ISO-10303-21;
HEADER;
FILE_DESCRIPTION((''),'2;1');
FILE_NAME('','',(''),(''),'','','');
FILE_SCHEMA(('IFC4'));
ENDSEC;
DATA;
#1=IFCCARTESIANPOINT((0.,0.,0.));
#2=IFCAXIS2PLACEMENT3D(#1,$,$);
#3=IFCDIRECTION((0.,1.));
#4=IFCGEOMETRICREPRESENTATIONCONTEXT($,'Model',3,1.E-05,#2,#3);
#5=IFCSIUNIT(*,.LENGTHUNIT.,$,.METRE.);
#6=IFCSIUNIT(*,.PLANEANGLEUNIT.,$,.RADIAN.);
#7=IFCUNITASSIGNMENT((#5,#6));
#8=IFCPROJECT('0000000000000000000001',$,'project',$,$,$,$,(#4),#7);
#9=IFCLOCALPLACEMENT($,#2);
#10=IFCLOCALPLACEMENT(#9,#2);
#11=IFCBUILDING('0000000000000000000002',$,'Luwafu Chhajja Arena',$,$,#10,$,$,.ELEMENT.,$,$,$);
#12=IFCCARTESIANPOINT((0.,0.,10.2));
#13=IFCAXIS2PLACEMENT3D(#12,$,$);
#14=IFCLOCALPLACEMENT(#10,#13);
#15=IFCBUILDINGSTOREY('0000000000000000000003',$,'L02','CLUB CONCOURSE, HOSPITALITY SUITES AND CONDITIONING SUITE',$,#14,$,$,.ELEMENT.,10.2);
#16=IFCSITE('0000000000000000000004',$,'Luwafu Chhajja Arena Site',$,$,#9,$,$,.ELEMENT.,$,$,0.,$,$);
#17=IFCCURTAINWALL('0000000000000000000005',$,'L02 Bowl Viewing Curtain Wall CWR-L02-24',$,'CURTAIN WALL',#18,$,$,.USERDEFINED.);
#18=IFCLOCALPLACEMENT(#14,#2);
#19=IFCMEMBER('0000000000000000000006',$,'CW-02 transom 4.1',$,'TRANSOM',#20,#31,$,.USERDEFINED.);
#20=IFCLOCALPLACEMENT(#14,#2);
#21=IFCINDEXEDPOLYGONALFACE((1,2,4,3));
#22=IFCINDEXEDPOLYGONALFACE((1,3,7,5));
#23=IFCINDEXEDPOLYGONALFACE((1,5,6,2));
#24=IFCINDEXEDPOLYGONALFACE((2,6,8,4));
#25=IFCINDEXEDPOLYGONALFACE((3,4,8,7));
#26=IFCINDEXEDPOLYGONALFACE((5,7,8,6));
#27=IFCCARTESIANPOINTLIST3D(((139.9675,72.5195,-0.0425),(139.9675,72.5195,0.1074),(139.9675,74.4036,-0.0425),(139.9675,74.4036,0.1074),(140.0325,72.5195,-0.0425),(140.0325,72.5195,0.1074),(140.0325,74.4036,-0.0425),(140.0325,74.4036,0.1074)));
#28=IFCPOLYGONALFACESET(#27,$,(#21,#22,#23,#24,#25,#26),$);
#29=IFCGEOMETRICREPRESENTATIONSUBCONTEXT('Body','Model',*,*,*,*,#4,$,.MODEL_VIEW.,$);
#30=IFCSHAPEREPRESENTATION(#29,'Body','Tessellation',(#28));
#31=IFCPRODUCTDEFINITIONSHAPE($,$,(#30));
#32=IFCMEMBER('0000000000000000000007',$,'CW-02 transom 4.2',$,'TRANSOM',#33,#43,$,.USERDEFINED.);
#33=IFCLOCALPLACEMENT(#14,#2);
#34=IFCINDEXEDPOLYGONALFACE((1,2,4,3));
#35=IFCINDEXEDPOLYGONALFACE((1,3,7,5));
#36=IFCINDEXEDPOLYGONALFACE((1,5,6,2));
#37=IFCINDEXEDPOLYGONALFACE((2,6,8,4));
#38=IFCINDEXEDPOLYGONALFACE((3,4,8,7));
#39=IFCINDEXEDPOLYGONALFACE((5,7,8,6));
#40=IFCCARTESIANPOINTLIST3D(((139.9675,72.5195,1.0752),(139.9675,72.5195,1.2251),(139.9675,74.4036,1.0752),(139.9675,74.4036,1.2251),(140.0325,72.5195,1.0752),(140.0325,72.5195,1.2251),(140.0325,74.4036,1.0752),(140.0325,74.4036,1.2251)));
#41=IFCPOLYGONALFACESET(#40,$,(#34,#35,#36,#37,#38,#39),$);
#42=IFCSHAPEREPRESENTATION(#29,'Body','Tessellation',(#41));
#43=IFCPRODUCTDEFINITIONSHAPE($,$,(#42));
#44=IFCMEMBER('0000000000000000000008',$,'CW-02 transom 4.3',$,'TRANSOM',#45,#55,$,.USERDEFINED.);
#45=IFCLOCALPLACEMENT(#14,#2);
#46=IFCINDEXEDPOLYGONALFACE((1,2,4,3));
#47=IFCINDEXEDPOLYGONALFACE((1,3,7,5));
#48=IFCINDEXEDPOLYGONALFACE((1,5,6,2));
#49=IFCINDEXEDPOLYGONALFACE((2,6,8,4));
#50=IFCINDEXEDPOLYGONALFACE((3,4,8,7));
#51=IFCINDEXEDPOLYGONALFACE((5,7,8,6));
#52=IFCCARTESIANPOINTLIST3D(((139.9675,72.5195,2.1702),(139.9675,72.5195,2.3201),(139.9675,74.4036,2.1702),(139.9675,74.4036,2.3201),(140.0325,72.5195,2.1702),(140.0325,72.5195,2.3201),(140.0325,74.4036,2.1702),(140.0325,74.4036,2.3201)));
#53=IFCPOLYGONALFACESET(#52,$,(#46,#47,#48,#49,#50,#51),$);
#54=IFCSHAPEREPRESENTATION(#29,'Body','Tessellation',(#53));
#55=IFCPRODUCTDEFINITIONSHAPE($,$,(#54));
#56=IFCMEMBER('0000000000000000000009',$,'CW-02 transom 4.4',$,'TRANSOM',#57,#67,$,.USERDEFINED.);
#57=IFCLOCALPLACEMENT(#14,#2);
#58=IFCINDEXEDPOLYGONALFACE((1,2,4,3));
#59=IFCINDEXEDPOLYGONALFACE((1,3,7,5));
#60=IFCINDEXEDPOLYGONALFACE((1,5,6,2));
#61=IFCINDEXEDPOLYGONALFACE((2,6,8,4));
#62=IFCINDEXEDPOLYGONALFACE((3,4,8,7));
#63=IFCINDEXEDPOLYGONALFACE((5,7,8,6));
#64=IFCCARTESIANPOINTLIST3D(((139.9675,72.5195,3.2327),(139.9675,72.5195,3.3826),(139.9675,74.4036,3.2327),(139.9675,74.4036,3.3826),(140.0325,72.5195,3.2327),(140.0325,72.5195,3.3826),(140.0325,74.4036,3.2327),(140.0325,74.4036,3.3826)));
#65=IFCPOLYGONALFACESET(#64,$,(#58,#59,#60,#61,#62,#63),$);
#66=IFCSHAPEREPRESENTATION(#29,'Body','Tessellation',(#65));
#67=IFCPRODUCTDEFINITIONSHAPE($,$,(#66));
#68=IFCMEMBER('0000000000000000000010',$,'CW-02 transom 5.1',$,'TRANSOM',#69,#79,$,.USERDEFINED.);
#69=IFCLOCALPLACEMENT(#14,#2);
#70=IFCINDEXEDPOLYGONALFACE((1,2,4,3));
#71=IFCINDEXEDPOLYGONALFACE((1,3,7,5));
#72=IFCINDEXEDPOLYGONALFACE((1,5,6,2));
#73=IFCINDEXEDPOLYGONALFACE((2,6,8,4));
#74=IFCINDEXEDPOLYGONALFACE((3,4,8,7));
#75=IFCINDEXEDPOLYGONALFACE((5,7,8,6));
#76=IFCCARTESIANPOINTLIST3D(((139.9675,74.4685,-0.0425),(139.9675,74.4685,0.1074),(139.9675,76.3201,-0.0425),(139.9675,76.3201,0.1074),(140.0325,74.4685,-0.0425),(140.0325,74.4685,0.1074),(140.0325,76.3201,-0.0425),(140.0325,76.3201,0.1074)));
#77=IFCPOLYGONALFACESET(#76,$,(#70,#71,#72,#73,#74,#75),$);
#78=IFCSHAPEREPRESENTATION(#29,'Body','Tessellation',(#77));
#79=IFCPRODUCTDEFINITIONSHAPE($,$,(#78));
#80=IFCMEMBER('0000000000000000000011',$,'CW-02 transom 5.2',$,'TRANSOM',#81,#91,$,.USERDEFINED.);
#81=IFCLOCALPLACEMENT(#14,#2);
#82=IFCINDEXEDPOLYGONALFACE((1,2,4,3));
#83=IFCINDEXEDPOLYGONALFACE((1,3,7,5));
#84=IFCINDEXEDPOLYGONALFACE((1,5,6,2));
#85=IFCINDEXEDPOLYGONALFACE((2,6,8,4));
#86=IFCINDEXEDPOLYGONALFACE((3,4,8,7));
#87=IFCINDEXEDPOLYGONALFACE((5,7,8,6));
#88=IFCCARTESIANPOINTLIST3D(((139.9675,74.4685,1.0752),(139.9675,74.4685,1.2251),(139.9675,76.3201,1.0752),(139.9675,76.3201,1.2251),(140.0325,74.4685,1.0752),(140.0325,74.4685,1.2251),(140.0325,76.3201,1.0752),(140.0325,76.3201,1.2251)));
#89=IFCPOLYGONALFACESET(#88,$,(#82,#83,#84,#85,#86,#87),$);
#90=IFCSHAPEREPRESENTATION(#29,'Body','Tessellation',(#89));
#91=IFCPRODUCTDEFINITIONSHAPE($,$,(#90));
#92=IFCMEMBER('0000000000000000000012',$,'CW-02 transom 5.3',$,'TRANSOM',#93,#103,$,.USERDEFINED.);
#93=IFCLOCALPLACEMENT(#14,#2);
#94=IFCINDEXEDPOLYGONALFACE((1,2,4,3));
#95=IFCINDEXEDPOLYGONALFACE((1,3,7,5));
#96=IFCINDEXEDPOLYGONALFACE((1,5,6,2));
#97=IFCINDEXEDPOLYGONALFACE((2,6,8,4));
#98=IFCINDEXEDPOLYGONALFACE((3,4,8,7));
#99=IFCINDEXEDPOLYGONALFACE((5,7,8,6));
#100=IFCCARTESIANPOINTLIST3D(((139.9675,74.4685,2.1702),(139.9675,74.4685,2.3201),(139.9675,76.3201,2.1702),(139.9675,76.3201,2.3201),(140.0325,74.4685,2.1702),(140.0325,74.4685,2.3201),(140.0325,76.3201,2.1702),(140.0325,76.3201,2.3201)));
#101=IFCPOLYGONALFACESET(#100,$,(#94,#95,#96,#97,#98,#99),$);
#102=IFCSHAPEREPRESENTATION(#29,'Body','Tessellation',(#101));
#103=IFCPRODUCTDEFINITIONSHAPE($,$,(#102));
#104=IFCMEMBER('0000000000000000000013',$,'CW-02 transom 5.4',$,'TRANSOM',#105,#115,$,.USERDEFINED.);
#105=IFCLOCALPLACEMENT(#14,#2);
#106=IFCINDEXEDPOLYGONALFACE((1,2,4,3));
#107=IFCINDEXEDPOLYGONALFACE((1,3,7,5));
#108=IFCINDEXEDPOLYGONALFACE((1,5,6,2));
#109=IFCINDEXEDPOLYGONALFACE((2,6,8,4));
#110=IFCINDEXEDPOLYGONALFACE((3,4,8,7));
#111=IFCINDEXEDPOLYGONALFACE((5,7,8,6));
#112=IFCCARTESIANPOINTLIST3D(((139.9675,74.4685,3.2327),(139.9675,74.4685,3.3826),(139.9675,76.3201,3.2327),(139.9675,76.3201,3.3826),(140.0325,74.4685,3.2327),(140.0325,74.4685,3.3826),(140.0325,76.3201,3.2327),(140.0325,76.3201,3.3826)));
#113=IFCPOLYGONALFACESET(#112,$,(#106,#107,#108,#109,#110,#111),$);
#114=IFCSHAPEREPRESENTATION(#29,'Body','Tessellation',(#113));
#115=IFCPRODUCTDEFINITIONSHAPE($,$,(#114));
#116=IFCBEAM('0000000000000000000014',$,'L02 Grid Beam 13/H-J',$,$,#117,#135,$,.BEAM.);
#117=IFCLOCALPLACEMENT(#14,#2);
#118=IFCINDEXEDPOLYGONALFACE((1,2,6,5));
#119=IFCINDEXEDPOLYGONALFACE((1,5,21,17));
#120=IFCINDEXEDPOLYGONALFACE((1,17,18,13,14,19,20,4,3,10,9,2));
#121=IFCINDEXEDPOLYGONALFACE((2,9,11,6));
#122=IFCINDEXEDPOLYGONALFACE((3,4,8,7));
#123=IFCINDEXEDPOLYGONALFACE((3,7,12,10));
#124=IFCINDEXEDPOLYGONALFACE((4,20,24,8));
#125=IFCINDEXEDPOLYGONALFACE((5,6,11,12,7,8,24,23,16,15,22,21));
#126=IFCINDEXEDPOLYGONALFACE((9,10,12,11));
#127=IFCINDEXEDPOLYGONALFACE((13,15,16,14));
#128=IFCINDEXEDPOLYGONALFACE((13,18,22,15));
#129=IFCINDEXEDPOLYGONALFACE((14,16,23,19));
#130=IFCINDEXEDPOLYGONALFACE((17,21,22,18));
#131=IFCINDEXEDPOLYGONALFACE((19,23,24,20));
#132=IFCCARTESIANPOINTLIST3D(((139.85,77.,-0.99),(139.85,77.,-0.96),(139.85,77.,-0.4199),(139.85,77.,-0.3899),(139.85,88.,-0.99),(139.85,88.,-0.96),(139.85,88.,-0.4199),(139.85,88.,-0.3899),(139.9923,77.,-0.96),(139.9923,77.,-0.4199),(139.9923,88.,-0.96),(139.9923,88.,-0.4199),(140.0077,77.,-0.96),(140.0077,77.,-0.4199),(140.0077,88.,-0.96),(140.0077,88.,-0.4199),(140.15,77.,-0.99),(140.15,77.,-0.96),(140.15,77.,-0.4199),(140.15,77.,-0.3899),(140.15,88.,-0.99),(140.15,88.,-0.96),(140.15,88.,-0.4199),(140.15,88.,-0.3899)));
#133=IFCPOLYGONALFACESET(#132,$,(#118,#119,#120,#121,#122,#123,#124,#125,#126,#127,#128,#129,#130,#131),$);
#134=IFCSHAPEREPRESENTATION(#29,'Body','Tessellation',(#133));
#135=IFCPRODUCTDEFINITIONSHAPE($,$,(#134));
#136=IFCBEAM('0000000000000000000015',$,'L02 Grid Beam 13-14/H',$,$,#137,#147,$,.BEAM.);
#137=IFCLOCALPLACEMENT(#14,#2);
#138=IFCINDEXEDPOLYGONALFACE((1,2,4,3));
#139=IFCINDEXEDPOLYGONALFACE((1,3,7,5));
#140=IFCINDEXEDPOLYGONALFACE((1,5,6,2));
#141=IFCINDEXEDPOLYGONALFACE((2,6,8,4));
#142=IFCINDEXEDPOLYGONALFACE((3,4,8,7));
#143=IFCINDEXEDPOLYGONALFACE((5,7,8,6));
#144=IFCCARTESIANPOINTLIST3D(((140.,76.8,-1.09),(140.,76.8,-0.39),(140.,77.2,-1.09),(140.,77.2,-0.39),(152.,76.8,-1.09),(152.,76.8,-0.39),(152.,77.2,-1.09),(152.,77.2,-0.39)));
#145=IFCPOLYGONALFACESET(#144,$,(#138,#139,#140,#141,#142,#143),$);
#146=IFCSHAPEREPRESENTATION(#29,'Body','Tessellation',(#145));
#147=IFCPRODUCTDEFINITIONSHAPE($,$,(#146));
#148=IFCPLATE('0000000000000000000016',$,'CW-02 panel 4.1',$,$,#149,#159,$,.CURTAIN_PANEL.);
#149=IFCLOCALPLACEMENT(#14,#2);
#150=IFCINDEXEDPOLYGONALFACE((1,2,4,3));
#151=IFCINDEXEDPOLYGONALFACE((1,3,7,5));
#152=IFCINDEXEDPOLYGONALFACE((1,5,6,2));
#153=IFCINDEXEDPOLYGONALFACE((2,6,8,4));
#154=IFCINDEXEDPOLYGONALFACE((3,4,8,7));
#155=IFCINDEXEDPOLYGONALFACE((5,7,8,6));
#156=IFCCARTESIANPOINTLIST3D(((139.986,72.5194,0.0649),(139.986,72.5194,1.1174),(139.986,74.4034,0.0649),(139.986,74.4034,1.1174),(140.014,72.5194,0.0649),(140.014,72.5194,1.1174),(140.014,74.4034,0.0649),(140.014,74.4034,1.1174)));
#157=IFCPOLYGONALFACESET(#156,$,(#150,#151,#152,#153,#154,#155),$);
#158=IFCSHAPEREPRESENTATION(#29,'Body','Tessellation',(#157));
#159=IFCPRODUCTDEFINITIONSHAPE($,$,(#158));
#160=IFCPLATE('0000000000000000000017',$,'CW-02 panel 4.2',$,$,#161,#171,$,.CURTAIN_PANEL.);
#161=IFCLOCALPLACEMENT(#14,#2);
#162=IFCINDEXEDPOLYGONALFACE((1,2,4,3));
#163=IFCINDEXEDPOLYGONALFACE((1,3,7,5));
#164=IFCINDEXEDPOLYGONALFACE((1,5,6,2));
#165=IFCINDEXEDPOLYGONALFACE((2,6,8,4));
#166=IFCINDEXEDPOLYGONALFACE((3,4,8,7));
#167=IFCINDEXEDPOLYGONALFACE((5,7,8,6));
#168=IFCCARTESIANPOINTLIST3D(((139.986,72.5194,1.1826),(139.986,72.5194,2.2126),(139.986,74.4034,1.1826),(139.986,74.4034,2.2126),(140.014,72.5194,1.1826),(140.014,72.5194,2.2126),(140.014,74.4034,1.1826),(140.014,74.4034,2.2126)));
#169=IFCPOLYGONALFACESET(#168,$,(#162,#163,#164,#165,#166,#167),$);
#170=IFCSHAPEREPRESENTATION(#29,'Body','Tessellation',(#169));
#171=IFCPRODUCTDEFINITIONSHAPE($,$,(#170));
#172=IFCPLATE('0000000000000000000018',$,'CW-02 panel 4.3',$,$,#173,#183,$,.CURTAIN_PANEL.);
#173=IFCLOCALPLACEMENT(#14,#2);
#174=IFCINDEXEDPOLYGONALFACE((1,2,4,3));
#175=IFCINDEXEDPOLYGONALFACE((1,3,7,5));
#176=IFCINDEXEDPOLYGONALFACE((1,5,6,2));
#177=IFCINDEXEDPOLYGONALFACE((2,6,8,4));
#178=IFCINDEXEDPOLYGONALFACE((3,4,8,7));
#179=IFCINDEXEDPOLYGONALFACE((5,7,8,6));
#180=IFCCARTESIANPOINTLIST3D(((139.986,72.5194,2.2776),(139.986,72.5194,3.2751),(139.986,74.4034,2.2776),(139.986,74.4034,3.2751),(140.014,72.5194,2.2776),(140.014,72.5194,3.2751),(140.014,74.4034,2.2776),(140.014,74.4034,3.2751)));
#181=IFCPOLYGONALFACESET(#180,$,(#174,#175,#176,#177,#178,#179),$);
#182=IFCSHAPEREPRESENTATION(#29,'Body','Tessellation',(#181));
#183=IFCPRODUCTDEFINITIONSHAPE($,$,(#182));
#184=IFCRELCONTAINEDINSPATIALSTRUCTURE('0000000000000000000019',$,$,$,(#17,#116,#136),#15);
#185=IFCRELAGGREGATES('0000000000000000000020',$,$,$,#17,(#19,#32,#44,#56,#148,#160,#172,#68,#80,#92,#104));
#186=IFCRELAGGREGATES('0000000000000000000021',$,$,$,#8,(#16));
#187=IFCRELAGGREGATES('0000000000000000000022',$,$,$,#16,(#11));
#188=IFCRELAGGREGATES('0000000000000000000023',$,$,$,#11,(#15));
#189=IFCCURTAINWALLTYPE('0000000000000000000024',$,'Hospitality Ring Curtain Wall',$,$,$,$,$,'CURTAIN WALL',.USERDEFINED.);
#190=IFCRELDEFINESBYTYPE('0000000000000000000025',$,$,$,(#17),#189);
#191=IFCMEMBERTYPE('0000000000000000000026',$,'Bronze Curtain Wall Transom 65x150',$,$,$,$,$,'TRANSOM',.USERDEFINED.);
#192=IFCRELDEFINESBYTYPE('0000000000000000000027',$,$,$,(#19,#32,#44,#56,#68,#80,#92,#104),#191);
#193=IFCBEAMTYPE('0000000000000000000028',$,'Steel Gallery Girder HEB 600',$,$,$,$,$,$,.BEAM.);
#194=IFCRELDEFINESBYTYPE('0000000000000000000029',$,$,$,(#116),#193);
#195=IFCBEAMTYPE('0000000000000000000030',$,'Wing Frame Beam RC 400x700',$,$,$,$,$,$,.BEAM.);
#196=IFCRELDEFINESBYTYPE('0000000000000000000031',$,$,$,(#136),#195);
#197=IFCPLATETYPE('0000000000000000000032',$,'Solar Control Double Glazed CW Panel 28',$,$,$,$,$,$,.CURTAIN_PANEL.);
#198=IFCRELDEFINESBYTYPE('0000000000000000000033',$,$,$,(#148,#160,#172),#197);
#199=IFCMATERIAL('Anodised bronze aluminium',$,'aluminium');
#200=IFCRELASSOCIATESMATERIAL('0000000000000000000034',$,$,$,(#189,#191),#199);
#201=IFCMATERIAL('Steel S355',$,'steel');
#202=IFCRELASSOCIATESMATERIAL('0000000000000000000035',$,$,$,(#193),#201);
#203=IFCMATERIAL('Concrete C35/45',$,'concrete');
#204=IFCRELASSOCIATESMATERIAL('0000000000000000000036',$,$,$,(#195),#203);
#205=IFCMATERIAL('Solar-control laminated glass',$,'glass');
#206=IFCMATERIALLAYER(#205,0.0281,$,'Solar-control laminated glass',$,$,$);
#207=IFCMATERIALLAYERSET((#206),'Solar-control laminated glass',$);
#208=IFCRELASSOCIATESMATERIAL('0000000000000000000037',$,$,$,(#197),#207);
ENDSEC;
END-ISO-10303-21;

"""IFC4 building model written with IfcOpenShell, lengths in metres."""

from ifc_helpers import new_model, si_unit, direction, frame, origin, origin_2d, place, context, subcontext, project, spatial, rectangle, i_section, extrude, material, layer, layer_set, material_profile, profile_set, type_object, element, aggregate, save


model = new_model("IFC4")

# Units and contexts
model_context = context("Model", 3, precision=1e-05, world=origin(), true_north=direction((0.0, 1.0)))
body_context = subcontext(model_context, "Body", "Model", "MODEL_VIEW")
ifc_project = project(units=[si_unit("LENGTHUNIT", "METRE"), si_unit("PLANEANGLEUNIT", "RADIAN")], contexts=[model_context])

# Site, building, storey
site_placement = place(None, origin())
site = spatial("IfcSite", under=ifc_project, at=site_placement, Name="Luwafu Chhajja Arena Site", CompositionType="ELEMENT", RefElevation=0.0)
building_placement = place(site_placement, origin())
building = spatial("IfcBuilding", under=site, at=building_placement, Name="Luwafu Chhajja Arena", CompositionType="ELEMENT")
storey_placement = place(building_placement, frame((0.0, 0.0, 10.2)))
storey = spatial("IfcBuildingStorey", under=building, at=storey_placement, Name="L02", Description="CLUB CONCOURSE, HOSPITALITY SUITES AND CONDITIONING SUITE", CompositionType="ELEMENT", Elevation=10.2)

# Shared definitions
ifc_material_1 = material(Name="Concrete C35/45", Category="concrete")
ifc_material_2 = material(Name="Steel S355", Category="steel")

# Curtain wall, members
ifc_material_3 = material(Name="Anodised bronze aluminium", Category="aluminium")
curtain_wall_type = type_object("IfcCurtainWallType", Name="Hospitality Ring Curtain Wall", ElementType="CURTAIN WALL", PredefinedType="USERDEFINED", material=ifc_material_3)
curtain_wall_placement = place(storey_placement, origin())
curtain_wall = element("IfcCurtainWall", 1, at=curtain_wall_placement, inside=storey, type_object=curtain_wall_type, Name="L02 Bowl Viewing Curtain Wall CWR-L02-24", ObjectType="CURTAIN WALL", PredefinedType="USERDEFINED")
ifc_material_profile_1 = material_profile(ifc_material_3, rectangle(XDim=0.0649, YDim=0.1499, at=origin_2d()), Name="CWT 65x150")
ifc_profile_set_1 = profile_set([ifc_material_profile_1], Name="Anodised bronze aluminium")
member_type_1 = type_object("IfcMemberType", Name="Bronze Curtain Wall Transom 65x150", ElementType="TRANSOM", PredefinedType="USERDEFINED", material=ifc_profile_set_1)
member_1_placement = place(storey_placement, frame((140.0, 72.5195, 0.0325), z_axis=(0.0, 1.0, 0.0), x_axis=(-1.0, 0.0, 0.0)))
member_1 = element("IfcMember", 2, at=member_1_placement, type_object=member_type_1, Name="CW-02 transom 4.1", ObjectType="TRANSOM", PredefinedType="USERDEFINED", context=body_context, shape_type="SweptSolid", body=[
    extrude(rectangle(XDim=0.0649, YDim=0.1499, at=origin_2d()), origin(), (0.0, 0.0, 1.0), 1.884),
])
member_2_placement = place(storey_placement, frame((140.0, 72.5195, 1.1501), z_axis=(0.0, 1.0, 0.0), x_axis=(-1.0, 0.0, 0.0)))
member_2 = element("IfcMember", 3, at=member_2_placement, type_object=member_type_1, Name="CW-02 transom 4.2", ObjectType="TRANSOM", PredefinedType="USERDEFINED", context=body_context, shape_type="SweptSolid", body=[
    extrude(rectangle(XDim=0.0649, YDim=0.1499, at=origin_2d()), origin(), (0.0, 0.0, 1.0), 1.884),
])
member_3_placement = place(storey_placement, frame((140.0, 72.5195, 2.2451), z_axis=(0.0, 1.0, 0.0), x_axis=(-1.0, 0.0, 0.0)))
member_3 = element("IfcMember", 4, at=member_3_placement, type_object=member_type_1, Name="CW-02 transom 4.3", ObjectType="TRANSOM", PredefinedType="USERDEFINED", context=body_context, shape_type="SweptSolid", body=[
    extrude(rectangle(XDim=0.0649, YDim=0.1499, at=origin_2d()), origin(), (0.0, 0.0, 1.0), 1.884),
])
member_4_placement = place(storey_placement, frame((140.0, 72.5195, 3.3076), z_axis=(0.0, 1.0, 0.0), x_axis=(-1.0, 0.0, 0.0)))
member_4 = element("IfcMember", 5, at=member_4_placement, type_object=member_type_1, Name="CW-02 transom 4.4", ObjectType="TRANSOM", PredefinedType="USERDEFINED", context=body_context, shape_type="SweptSolid", body=[
    extrude(rectangle(XDim=0.0649, YDim=0.1499, at=origin_2d()), origin(), (0.0, 0.0, 1.0), 1.884),
])
member_5_placement = place(storey_placement, frame((140.0, 74.4685, 0.0325), z_axis=(0.0, 1.0, 0.0), x_axis=(-1.0, 0.0, 0.0)))
member_5 = element("IfcMember", 6, at=member_5_placement, type_object=member_type_1, Name="CW-02 transom 5.1", ObjectType="TRANSOM", PredefinedType="USERDEFINED", context=body_context, shape_type="SweptSolid", body=[
    extrude(rectangle(XDim=0.0649, YDim=0.1499, at=origin_2d()), origin(), (0.0, 0.0, 1.0), 1.8516),
])
member_6_placement = place(storey_placement, frame((140.0, 74.4685, 1.1501), z_axis=(0.0, 1.0, 0.0), x_axis=(-1.0, 0.0, 0.0)))
member_6 = element("IfcMember", 7, at=member_6_placement, type_object=member_type_1, Name="CW-02 transom 5.2", ObjectType="TRANSOM", PredefinedType="USERDEFINED", context=body_context, shape_type="SweptSolid", body=[
    extrude(rectangle(XDim=0.0649, YDim=0.1499, at=origin_2d()), origin(), (0.0, 0.0, 1.0), 1.8516),
])
member_7_placement = place(storey_placement, frame((140.0, 74.4685, 2.2451), z_axis=(0.0, 1.0, 0.0), x_axis=(-1.0, 0.0, 0.0)))
member_7 = element("IfcMember", 8, at=member_7_placement, type_object=member_type_1, Name="CW-02 transom 5.3", ObjectType="TRANSOM", PredefinedType="USERDEFINED", context=body_context, shape_type="SweptSolid", body=[
    extrude(rectangle(XDim=0.0649, YDim=0.1499, at=origin_2d()), origin(), (0.0, 0.0, 1.0), 1.8516),
])
member_8_placement = place(storey_placement, frame((140.0, 74.4685, 3.3076), z_axis=(0.0, 1.0, 0.0), x_axis=(-1.0, 0.0, 0.0)))
member_8 = element("IfcMember", 9, at=member_8_placement, type_object=member_type_1, Name="CW-02 transom 5.4", ObjectType="TRANSOM", PredefinedType="USERDEFINED", context=body_context, shape_type="SweptSolid", body=[
    extrude(rectangle(XDim=0.0649, YDim=0.1499, at=origin_2d()), origin(), (0.0, 0.0, 1.0), 1.8516),
])

# Beams
ifc_material_profile_2 = material_profile(ifc_material_2, i_section(OverallWidth=0.3, OverallDepth=0.6001, WebThickness=0.0154, FlangeThickness=0.03, at=origin_2d()), Name="HEB 600")
ifc_profile_set_2 = profile_set([ifc_material_profile_2], Name="Steel S355")
beam_type_1 = type_object("IfcBeamType", Name="Steel Gallery Girder HEB 600", PredefinedType="BEAM", material=ifc_profile_set_2)
beam_1_placement = place(storey_placement, frame((140.0, 77.0, -0.6899), z_axis=(0.0, 1.0, 0.0), x_axis=(-1.0, 0.0, 0.0)))
element("IfcBeam", 10, at=beam_1_placement, inside=storey, type_object=beam_type_1, Name="L02 Grid Beam 13/H-J", PredefinedType="BEAM", context=body_context, shape_type="SweptSolid", body=[
    extrude(i_section(OverallWidth=0.3, OverallDepth=0.6001, WebThickness=0.0154, FlangeThickness=0.03, at=origin_2d()), origin(), (0.0, 0.0, 1.0), 11.0),
])
ifc_material_profile_3 = material_profile(ifc_material_1, rectangle(XDim=0.3999, YDim=0.7, at=origin_2d()), Name="RC 400x700")
ifc_profile_set_3 = profile_set([ifc_material_profile_3], Name="Concrete C35/45")
beam_type_2 = type_object("IfcBeamType", Name="Wing Frame Beam RC 400x700", PredefinedType="BEAM", material=ifc_profile_set_3)
beam_2_placement = place(storey_placement, frame((140.0, 77.0, -0.74), z_axis=(1.0, 0.0, 0.0), x_axis=(0.0, 1.0, 0.0)))
element("IfcBeam", 11, at=beam_2_placement, inside=storey, type_object=beam_type_2, Name="L02 Grid Beam 13-14/H", PredefinedType="BEAM", context=body_context, shape_type="SweptSolid", body=[
    extrude(rectangle(XDim=0.3999, YDim=0.7, at=origin_2d()), origin(), (0.0, 0.0, 1.0), 12.0),
])

# Plates
ifc_material_4 = material(Name="Solar-control laminated glass", Category="glass")
ifc_layer = layer(ifc_material_4, 0.0281, Name="Solar-control laminated glass")
ifc_layer_set = layer_set([ifc_layer], Name="Solar-control laminated glass")
plate_type = type_object("IfcPlateType", Name="Solar Control Double Glazed CW Panel 28", PredefinedType="CURTAIN_PANEL", material=ifc_layer_set)
plate_1_placement = place(storey_placement, frame((140.0, 73.4614, 0.0649), z_axis=(0.0, 0.0, 1.0), x_axis=(0.0, 1.0, 0.0)))
plate_1 = element("IfcPlate", 12, at=plate_1_placement, type_object=plate_type, Name="CW-02 panel 4.1", PredefinedType="CURTAIN_PANEL", context=body_context, shape_type="SweptSolid", body=[
    extrude(rectangle(XDim=1.884, YDim=0.0281, at=origin_2d()), origin(), (0.0, 0.0, 1.0), 1.0525),
])
plate_2_placement = place(storey_placement, frame((140.0, 73.4614, 1.1826), z_axis=(0.0, 0.0, 1.0), x_axis=(0.0, 1.0, 0.0)))
plate_2 = element("IfcPlate", 13, at=plate_2_placement, type_object=plate_type, Name="CW-02 panel 4.2", PredefinedType="CURTAIN_PANEL", context=body_context, shape_type="SweptSolid", body=[
    extrude(rectangle(XDim=1.884, YDim=0.0281, at=origin_2d()), origin(), (0.0, 0.0, 1.0), 1.03),
])
plate_3_placement = place(storey_placement, frame((140.0, 73.4614, 2.2776), z_axis=(0.0, 0.0, 1.0), x_axis=(0.0, 1.0, 0.0)))
plate_3 = element("IfcPlate", 14, at=plate_3_placement, type_object=plate_type, Name="CW-02 panel 4.3", PredefinedType="CURTAIN_PANEL", context=body_context, shape_type="SweptSolid", body=[
    extrude(rectangle(XDim=1.884, YDim=0.0281, at=origin_2d()), origin(), (0.0, 0.0, 1.0), 0.9976),
])
aggregate(curtain_wall, [member_1, member_2, member_3, member_4, plate_1, plate_2, plate_3, member_5, member_6, member_7, member_8])

save(model, "model.ifc")
